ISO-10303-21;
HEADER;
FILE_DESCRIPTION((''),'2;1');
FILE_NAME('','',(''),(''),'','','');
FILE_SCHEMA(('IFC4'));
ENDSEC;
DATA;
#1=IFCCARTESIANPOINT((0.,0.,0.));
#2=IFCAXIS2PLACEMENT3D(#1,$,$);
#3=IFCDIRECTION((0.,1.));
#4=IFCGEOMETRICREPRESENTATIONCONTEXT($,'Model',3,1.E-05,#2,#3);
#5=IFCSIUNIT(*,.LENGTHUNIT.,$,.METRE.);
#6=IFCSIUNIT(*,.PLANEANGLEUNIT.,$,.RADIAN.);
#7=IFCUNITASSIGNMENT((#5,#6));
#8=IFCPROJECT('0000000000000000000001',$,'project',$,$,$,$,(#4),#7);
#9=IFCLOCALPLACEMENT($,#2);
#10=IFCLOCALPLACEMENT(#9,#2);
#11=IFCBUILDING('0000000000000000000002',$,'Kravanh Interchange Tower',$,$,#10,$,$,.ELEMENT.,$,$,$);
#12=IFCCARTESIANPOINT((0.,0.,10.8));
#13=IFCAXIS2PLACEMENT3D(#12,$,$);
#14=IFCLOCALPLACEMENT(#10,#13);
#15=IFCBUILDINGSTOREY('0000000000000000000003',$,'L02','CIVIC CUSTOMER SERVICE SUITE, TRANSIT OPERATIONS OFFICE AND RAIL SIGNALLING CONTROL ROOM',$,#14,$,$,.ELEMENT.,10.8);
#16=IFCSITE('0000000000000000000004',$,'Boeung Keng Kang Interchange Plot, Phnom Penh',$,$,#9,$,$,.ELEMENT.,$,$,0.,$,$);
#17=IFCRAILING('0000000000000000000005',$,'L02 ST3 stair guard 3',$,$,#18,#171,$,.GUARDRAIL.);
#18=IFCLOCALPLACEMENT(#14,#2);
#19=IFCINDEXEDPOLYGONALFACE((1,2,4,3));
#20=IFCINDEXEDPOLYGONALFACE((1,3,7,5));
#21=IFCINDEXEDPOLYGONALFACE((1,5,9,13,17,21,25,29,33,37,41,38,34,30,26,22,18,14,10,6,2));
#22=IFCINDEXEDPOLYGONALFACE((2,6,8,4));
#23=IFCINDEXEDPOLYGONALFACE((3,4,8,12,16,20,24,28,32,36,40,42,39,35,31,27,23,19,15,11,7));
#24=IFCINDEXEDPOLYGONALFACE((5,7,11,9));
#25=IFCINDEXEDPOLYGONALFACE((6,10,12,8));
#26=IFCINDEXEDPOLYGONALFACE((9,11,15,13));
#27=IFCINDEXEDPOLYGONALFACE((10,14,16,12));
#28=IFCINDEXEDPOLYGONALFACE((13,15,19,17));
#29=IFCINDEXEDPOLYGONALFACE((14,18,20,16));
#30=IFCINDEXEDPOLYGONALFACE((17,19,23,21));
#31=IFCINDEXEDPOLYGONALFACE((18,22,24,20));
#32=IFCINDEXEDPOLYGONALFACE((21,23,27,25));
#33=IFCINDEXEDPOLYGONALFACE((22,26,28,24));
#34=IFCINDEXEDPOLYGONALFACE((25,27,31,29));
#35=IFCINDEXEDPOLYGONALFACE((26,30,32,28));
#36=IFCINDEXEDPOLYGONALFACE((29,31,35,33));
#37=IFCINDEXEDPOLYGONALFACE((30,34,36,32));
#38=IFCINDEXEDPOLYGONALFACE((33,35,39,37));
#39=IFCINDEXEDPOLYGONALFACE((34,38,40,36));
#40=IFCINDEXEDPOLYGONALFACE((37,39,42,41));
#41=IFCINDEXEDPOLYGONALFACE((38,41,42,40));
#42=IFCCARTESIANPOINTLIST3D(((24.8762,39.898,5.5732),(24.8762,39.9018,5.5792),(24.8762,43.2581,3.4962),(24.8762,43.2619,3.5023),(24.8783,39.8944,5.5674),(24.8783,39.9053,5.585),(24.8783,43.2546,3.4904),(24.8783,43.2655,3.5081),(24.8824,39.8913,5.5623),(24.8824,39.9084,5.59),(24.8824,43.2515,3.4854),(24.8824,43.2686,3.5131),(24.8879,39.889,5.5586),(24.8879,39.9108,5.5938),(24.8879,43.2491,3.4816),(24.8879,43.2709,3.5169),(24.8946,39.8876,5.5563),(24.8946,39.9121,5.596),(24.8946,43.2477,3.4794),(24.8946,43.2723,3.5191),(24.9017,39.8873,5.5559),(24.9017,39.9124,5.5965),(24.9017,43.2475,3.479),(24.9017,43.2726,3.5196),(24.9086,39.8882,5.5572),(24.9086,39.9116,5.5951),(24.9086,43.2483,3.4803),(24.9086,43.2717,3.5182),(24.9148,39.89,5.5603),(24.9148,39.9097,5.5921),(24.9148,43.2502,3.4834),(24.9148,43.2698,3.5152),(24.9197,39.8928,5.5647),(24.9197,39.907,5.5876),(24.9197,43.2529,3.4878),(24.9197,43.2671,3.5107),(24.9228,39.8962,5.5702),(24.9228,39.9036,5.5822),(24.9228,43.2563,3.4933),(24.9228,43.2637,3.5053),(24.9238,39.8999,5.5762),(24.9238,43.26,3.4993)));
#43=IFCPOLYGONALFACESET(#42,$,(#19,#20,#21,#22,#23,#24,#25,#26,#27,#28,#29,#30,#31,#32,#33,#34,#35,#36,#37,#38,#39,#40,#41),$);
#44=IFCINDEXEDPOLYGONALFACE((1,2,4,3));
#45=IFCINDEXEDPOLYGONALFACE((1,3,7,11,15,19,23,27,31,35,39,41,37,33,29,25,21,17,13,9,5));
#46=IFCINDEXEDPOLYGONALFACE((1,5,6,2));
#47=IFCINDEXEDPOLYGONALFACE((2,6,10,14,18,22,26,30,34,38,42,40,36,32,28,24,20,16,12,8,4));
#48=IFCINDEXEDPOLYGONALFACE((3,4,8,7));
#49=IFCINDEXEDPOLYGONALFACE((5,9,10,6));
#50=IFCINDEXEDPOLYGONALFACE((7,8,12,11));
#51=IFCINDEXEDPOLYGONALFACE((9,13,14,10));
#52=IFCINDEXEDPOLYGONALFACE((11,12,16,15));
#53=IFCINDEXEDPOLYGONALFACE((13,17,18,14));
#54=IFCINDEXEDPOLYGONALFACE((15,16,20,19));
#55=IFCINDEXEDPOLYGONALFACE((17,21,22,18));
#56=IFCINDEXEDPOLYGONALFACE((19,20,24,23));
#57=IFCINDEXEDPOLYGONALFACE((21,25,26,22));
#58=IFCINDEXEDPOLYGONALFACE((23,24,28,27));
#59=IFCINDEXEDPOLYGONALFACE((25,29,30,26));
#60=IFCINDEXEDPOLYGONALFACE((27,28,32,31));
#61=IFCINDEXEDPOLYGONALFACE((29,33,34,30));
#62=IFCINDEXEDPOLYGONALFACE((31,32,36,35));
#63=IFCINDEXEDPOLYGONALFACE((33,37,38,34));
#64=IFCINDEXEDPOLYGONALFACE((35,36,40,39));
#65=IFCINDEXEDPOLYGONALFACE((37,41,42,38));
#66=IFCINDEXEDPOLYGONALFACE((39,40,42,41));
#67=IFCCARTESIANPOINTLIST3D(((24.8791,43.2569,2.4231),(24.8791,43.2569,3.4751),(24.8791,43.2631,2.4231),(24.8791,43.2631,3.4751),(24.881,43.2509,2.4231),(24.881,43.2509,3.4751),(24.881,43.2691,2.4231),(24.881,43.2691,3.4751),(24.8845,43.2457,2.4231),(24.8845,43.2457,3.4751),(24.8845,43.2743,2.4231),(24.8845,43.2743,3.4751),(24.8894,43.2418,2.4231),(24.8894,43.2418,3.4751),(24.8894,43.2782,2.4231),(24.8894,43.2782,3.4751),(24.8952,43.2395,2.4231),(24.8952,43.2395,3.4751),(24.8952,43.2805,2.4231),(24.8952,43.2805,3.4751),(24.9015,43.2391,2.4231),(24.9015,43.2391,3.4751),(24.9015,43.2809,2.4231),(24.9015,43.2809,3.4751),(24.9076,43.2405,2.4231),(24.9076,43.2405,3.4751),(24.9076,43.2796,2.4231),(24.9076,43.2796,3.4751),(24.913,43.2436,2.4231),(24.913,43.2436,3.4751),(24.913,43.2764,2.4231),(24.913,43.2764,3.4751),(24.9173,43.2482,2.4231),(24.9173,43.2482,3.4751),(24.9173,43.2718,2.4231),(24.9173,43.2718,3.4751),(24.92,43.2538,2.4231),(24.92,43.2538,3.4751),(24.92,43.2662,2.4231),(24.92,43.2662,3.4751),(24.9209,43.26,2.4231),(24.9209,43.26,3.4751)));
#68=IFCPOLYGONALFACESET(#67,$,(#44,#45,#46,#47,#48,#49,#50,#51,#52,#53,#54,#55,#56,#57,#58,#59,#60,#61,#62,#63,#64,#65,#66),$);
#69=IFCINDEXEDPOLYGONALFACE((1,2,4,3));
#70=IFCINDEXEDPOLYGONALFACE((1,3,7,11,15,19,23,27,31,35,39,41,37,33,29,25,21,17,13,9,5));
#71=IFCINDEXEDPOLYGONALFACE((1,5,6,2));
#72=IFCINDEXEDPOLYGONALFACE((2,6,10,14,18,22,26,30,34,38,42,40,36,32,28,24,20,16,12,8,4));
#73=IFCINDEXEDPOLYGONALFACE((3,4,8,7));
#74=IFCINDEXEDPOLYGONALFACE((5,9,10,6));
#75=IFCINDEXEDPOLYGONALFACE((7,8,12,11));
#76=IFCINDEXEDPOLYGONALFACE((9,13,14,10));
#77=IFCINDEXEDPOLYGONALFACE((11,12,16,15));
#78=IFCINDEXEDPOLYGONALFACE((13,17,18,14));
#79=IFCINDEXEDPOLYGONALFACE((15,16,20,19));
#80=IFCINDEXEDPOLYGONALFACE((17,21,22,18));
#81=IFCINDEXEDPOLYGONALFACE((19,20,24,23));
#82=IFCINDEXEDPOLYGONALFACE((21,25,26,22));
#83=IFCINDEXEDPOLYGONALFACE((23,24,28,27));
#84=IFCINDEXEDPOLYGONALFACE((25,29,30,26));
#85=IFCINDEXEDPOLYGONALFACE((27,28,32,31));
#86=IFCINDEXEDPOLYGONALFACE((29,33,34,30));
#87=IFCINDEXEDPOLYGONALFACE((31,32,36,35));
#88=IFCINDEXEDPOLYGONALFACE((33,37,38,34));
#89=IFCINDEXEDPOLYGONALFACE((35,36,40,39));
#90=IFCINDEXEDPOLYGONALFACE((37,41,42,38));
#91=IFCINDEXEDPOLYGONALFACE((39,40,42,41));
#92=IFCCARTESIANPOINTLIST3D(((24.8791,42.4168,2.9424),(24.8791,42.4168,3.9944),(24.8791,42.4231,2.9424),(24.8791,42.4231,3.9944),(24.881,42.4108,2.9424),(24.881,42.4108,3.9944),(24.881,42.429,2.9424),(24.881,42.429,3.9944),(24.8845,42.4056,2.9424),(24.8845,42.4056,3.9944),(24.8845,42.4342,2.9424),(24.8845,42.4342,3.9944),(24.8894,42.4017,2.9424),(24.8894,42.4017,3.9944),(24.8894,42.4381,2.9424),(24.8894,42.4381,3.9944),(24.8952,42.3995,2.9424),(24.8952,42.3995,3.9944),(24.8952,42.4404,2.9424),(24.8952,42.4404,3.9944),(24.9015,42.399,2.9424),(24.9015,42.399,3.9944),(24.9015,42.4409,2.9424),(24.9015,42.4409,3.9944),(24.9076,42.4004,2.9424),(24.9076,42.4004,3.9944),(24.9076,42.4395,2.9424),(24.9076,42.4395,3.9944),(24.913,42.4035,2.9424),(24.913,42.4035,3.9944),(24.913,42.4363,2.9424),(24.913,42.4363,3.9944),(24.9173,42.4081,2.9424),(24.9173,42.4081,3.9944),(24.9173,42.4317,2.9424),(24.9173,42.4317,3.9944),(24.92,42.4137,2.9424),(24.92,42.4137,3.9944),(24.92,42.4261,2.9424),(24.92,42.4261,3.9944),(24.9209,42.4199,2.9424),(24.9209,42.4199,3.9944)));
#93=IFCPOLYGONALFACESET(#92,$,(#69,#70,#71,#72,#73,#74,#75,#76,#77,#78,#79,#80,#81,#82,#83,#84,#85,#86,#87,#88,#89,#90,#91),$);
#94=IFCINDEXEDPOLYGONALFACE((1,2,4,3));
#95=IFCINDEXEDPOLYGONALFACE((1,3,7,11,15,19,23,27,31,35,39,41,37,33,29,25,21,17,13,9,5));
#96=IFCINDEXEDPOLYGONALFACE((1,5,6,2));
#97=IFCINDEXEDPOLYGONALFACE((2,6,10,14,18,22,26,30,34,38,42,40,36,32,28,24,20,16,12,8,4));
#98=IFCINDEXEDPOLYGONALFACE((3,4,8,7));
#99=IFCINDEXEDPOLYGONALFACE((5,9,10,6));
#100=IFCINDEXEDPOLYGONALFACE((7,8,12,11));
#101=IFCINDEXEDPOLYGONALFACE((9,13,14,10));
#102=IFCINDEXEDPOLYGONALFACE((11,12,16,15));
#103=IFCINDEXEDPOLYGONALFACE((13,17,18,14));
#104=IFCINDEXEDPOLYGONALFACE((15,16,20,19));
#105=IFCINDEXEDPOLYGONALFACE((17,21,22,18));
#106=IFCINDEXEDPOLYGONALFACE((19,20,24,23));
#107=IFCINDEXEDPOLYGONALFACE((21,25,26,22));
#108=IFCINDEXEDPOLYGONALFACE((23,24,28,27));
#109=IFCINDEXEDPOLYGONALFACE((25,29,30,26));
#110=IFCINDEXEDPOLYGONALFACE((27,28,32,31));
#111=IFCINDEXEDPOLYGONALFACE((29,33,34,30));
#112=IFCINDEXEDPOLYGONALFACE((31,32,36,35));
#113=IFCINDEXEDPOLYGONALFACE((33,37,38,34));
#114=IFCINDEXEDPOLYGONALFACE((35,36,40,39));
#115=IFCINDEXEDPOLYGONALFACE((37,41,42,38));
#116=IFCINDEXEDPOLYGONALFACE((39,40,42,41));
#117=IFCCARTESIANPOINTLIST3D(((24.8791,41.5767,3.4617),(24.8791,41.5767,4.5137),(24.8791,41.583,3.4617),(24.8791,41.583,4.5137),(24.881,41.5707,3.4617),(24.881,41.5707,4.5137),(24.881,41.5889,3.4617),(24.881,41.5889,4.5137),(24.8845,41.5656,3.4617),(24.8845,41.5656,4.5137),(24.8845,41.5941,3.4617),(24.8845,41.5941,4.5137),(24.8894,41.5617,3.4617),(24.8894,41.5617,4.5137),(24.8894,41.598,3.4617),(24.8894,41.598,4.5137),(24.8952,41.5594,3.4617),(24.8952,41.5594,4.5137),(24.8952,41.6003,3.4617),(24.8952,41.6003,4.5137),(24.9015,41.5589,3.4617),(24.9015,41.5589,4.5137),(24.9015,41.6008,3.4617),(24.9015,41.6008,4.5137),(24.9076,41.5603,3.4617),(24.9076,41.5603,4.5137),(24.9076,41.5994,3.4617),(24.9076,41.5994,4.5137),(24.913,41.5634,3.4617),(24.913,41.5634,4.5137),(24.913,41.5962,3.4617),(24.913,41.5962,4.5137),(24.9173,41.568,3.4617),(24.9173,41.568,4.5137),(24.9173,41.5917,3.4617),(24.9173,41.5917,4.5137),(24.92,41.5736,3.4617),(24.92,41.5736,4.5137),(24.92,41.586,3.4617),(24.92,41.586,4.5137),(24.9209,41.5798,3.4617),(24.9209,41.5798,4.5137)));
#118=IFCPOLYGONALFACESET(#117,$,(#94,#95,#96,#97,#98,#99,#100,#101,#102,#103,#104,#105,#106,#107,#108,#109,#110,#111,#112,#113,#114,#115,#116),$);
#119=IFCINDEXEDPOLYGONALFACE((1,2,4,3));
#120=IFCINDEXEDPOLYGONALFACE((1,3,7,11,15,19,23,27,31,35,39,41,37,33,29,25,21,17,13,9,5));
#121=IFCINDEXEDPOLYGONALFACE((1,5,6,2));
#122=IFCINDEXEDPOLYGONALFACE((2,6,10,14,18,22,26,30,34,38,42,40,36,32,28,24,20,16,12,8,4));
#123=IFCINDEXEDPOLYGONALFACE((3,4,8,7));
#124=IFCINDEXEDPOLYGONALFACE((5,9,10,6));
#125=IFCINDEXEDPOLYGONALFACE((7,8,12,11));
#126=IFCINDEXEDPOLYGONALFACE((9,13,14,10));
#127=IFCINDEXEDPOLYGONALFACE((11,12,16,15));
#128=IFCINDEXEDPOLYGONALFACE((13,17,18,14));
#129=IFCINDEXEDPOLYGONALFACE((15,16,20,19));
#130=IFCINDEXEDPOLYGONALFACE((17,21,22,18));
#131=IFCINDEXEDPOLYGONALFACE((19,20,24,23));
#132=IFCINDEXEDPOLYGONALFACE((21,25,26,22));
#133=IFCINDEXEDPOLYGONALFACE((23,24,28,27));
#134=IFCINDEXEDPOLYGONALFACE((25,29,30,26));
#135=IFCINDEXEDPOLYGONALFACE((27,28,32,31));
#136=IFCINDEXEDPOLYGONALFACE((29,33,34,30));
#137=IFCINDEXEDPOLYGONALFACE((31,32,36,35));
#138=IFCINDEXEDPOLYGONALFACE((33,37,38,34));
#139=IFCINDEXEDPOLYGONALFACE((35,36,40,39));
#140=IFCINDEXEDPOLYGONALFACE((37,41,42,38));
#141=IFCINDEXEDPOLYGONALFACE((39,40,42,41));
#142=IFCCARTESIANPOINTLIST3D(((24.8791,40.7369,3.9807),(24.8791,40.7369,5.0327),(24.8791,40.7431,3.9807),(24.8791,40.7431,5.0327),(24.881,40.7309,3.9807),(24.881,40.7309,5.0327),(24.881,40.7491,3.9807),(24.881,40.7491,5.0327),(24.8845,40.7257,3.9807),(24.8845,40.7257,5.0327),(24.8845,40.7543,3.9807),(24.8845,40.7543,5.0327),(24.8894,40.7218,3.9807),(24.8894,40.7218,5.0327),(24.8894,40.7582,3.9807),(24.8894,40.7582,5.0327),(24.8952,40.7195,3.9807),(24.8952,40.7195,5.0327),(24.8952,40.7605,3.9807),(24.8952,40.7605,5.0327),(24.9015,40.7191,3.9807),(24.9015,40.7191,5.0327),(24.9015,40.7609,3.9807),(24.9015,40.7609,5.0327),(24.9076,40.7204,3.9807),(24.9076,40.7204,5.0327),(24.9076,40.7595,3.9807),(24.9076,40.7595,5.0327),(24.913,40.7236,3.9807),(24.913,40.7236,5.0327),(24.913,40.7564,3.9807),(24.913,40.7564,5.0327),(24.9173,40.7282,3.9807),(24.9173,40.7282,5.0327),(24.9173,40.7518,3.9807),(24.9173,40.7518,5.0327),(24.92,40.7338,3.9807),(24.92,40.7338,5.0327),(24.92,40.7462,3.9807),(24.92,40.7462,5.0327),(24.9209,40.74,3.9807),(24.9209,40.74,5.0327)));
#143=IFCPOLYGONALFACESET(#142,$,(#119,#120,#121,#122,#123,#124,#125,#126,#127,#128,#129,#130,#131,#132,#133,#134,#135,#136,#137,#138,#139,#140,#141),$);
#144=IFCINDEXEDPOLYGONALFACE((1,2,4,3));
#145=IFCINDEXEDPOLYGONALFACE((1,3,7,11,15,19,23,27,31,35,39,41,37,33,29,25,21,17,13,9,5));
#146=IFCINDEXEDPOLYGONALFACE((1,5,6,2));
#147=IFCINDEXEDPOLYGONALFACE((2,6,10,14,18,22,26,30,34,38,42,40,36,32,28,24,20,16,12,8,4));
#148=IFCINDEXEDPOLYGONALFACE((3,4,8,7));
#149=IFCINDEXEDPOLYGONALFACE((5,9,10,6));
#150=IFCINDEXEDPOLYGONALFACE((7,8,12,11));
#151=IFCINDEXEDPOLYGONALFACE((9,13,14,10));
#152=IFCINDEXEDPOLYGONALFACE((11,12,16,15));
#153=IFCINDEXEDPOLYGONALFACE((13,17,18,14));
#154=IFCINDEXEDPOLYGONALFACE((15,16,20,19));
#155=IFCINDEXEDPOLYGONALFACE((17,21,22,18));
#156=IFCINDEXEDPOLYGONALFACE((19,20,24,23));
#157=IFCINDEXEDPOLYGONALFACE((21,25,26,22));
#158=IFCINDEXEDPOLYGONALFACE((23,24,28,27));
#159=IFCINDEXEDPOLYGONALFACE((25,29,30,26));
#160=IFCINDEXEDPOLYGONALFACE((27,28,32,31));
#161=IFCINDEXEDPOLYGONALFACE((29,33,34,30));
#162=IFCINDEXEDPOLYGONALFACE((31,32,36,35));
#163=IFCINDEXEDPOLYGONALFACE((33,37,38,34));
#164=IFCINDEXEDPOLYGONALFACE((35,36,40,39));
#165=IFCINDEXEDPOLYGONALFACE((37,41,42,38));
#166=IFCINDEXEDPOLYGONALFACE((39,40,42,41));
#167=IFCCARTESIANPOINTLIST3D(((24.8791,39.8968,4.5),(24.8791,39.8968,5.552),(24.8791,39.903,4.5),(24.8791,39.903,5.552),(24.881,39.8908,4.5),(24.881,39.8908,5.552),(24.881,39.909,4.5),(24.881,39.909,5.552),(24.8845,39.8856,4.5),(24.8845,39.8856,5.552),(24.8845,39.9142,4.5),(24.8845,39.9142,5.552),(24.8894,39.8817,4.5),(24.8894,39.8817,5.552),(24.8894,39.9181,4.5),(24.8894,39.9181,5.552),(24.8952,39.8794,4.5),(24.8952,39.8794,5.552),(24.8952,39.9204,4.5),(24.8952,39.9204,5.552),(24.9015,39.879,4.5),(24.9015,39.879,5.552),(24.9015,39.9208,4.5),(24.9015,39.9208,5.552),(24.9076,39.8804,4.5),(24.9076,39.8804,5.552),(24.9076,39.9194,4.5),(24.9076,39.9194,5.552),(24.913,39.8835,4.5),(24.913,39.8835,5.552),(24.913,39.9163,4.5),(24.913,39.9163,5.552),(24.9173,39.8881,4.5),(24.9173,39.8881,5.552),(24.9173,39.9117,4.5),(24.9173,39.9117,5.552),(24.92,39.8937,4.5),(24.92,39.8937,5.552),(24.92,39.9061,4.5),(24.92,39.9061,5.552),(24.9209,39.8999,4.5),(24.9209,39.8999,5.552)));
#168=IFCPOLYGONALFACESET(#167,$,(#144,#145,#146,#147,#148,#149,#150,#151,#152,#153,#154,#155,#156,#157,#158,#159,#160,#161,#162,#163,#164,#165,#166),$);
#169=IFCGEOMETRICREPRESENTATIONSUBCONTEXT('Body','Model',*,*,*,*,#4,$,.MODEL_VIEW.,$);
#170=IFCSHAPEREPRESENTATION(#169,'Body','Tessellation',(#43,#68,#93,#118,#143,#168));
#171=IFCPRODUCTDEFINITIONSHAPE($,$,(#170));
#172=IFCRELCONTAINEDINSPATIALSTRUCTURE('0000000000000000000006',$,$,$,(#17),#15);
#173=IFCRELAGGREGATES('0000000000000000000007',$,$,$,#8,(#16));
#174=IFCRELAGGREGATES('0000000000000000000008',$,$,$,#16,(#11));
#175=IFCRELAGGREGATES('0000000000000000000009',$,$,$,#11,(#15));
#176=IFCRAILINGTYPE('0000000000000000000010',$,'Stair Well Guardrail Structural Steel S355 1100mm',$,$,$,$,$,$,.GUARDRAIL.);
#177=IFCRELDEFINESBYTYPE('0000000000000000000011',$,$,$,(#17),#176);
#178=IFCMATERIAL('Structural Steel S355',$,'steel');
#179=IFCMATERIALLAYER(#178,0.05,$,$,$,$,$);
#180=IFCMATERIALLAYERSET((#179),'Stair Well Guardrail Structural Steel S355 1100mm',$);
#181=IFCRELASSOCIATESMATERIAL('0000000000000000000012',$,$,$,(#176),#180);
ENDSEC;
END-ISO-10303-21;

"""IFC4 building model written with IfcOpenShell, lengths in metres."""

from ifc_helpers import new_model, si_unit, direction, frame, origin, origin_2d, place, context, subcontext, project, spatial, circle, extrude, material, layer, layer_set, type_object, element, save


model = new_model("IFC4")

# Units and contexts
model_context = context("Model", 3, precision=1e-05, world=origin(), true_north=direction((0.0, 1.0)))
body_context = subcontext(model_context, "Body", "Model", "MODEL_VIEW")
ifc_project = project(units=[si_unit("LENGTHUNIT", "METRE"), si_unit("PLANEANGLEUNIT", "RADIAN")], contexts=[model_context])

# Site, building, storey
site_placement = place(None, origin())
site = spatial("IfcSite", under=ifc_project, at=site_placement, Name="Boeung Keng Kang Interchange Plot, Phnom Penh", CompositionType="ELEMENT", RefElevation=0.0)
building_placement = place(site_placement, origin())
building = spatial("IfcBuilding", under=site, at=building_placement, Name="Kravanh Interchange Tower", CompositionType="ELEMENT")
storey_placement = place(building_placement, frame((0.0, 0.0, 10.8)))
storey = spatial("IfcBuildingStorey", under=building, at=storey_placement, Name="L02", Description="CIVIC CUSTOMER SERVICE SUITE, TRANSIT OPERATIONS OFFICE AND RAIL SIGNALLING CONTROL ROOM", CompositionType="ELEMENT", Elevation=10.8)

# Railing
ifc_material_1 = material(Name="Structural Steel S355", Category="steel")
ifc_layer_1 = layer(ifc_material_1, 0.05)
ifc_layer_set_1 = layer_set([ifc_layer_1], Name="Stair Well Guardrail Structural Steel S355 1100mm")
railing_type_1 = type_object("IfcRailingType", Name="Stair Well Guardrail Structural Steel S355 1100mm", PredefinedType="GUARDRAIL", material=ifc_layer_set_1)
railing_1_placement = place(storey_placement, frame((24.8999, 43.26, 2.4231)))
element("IfcRailing", 1, at=railing_1_placement, inside=storey, type_object=railing_type_1, Name="L02 ST3 stair guard 3", PredefinedType="GUARDRAIL", context=body_context, shape_type="SweptSolid", body=[
    extrude(circle(Radius=0.0239, at=origin_2d()), frame((0.0, 0.0, 1.0762), z_axis=(0.0, -0.850623, 0.525776), x_axis=(1.0, 0.0, 0.0)), (0.0, 0.0, 1.0), 3.9502),
    extrude(circle(Radius=0.021, at=origin_2d()), origin(), (0.0, 0.0, 1.0), 1.052),
    extrude(circle(Radius=0.021, at=origin_2d()), frame((0.0, -0.8401, 0.5193)), (0.0, 0.0, 1.0), 1.052),
    extrude(circle(Radius=0.021, at=origin_2d()), frame((0.0, -1.6802, 1.0386)), (0.0, 0.0, 1.0), 1.052),
    extrude(circle(Radius=0.021, at=origin_2d()), frame((0.0, -2.52, 1.5576)), (0.0, 0.0, 1.0), 1.052),
    extrude(circle(Radius=0.021, at=origin_2d()), frame((0.0, -3.3601, 2.0769)), (0.0, 0.0, 1.0), 1.052),
])

save(model, "model.ifc")
